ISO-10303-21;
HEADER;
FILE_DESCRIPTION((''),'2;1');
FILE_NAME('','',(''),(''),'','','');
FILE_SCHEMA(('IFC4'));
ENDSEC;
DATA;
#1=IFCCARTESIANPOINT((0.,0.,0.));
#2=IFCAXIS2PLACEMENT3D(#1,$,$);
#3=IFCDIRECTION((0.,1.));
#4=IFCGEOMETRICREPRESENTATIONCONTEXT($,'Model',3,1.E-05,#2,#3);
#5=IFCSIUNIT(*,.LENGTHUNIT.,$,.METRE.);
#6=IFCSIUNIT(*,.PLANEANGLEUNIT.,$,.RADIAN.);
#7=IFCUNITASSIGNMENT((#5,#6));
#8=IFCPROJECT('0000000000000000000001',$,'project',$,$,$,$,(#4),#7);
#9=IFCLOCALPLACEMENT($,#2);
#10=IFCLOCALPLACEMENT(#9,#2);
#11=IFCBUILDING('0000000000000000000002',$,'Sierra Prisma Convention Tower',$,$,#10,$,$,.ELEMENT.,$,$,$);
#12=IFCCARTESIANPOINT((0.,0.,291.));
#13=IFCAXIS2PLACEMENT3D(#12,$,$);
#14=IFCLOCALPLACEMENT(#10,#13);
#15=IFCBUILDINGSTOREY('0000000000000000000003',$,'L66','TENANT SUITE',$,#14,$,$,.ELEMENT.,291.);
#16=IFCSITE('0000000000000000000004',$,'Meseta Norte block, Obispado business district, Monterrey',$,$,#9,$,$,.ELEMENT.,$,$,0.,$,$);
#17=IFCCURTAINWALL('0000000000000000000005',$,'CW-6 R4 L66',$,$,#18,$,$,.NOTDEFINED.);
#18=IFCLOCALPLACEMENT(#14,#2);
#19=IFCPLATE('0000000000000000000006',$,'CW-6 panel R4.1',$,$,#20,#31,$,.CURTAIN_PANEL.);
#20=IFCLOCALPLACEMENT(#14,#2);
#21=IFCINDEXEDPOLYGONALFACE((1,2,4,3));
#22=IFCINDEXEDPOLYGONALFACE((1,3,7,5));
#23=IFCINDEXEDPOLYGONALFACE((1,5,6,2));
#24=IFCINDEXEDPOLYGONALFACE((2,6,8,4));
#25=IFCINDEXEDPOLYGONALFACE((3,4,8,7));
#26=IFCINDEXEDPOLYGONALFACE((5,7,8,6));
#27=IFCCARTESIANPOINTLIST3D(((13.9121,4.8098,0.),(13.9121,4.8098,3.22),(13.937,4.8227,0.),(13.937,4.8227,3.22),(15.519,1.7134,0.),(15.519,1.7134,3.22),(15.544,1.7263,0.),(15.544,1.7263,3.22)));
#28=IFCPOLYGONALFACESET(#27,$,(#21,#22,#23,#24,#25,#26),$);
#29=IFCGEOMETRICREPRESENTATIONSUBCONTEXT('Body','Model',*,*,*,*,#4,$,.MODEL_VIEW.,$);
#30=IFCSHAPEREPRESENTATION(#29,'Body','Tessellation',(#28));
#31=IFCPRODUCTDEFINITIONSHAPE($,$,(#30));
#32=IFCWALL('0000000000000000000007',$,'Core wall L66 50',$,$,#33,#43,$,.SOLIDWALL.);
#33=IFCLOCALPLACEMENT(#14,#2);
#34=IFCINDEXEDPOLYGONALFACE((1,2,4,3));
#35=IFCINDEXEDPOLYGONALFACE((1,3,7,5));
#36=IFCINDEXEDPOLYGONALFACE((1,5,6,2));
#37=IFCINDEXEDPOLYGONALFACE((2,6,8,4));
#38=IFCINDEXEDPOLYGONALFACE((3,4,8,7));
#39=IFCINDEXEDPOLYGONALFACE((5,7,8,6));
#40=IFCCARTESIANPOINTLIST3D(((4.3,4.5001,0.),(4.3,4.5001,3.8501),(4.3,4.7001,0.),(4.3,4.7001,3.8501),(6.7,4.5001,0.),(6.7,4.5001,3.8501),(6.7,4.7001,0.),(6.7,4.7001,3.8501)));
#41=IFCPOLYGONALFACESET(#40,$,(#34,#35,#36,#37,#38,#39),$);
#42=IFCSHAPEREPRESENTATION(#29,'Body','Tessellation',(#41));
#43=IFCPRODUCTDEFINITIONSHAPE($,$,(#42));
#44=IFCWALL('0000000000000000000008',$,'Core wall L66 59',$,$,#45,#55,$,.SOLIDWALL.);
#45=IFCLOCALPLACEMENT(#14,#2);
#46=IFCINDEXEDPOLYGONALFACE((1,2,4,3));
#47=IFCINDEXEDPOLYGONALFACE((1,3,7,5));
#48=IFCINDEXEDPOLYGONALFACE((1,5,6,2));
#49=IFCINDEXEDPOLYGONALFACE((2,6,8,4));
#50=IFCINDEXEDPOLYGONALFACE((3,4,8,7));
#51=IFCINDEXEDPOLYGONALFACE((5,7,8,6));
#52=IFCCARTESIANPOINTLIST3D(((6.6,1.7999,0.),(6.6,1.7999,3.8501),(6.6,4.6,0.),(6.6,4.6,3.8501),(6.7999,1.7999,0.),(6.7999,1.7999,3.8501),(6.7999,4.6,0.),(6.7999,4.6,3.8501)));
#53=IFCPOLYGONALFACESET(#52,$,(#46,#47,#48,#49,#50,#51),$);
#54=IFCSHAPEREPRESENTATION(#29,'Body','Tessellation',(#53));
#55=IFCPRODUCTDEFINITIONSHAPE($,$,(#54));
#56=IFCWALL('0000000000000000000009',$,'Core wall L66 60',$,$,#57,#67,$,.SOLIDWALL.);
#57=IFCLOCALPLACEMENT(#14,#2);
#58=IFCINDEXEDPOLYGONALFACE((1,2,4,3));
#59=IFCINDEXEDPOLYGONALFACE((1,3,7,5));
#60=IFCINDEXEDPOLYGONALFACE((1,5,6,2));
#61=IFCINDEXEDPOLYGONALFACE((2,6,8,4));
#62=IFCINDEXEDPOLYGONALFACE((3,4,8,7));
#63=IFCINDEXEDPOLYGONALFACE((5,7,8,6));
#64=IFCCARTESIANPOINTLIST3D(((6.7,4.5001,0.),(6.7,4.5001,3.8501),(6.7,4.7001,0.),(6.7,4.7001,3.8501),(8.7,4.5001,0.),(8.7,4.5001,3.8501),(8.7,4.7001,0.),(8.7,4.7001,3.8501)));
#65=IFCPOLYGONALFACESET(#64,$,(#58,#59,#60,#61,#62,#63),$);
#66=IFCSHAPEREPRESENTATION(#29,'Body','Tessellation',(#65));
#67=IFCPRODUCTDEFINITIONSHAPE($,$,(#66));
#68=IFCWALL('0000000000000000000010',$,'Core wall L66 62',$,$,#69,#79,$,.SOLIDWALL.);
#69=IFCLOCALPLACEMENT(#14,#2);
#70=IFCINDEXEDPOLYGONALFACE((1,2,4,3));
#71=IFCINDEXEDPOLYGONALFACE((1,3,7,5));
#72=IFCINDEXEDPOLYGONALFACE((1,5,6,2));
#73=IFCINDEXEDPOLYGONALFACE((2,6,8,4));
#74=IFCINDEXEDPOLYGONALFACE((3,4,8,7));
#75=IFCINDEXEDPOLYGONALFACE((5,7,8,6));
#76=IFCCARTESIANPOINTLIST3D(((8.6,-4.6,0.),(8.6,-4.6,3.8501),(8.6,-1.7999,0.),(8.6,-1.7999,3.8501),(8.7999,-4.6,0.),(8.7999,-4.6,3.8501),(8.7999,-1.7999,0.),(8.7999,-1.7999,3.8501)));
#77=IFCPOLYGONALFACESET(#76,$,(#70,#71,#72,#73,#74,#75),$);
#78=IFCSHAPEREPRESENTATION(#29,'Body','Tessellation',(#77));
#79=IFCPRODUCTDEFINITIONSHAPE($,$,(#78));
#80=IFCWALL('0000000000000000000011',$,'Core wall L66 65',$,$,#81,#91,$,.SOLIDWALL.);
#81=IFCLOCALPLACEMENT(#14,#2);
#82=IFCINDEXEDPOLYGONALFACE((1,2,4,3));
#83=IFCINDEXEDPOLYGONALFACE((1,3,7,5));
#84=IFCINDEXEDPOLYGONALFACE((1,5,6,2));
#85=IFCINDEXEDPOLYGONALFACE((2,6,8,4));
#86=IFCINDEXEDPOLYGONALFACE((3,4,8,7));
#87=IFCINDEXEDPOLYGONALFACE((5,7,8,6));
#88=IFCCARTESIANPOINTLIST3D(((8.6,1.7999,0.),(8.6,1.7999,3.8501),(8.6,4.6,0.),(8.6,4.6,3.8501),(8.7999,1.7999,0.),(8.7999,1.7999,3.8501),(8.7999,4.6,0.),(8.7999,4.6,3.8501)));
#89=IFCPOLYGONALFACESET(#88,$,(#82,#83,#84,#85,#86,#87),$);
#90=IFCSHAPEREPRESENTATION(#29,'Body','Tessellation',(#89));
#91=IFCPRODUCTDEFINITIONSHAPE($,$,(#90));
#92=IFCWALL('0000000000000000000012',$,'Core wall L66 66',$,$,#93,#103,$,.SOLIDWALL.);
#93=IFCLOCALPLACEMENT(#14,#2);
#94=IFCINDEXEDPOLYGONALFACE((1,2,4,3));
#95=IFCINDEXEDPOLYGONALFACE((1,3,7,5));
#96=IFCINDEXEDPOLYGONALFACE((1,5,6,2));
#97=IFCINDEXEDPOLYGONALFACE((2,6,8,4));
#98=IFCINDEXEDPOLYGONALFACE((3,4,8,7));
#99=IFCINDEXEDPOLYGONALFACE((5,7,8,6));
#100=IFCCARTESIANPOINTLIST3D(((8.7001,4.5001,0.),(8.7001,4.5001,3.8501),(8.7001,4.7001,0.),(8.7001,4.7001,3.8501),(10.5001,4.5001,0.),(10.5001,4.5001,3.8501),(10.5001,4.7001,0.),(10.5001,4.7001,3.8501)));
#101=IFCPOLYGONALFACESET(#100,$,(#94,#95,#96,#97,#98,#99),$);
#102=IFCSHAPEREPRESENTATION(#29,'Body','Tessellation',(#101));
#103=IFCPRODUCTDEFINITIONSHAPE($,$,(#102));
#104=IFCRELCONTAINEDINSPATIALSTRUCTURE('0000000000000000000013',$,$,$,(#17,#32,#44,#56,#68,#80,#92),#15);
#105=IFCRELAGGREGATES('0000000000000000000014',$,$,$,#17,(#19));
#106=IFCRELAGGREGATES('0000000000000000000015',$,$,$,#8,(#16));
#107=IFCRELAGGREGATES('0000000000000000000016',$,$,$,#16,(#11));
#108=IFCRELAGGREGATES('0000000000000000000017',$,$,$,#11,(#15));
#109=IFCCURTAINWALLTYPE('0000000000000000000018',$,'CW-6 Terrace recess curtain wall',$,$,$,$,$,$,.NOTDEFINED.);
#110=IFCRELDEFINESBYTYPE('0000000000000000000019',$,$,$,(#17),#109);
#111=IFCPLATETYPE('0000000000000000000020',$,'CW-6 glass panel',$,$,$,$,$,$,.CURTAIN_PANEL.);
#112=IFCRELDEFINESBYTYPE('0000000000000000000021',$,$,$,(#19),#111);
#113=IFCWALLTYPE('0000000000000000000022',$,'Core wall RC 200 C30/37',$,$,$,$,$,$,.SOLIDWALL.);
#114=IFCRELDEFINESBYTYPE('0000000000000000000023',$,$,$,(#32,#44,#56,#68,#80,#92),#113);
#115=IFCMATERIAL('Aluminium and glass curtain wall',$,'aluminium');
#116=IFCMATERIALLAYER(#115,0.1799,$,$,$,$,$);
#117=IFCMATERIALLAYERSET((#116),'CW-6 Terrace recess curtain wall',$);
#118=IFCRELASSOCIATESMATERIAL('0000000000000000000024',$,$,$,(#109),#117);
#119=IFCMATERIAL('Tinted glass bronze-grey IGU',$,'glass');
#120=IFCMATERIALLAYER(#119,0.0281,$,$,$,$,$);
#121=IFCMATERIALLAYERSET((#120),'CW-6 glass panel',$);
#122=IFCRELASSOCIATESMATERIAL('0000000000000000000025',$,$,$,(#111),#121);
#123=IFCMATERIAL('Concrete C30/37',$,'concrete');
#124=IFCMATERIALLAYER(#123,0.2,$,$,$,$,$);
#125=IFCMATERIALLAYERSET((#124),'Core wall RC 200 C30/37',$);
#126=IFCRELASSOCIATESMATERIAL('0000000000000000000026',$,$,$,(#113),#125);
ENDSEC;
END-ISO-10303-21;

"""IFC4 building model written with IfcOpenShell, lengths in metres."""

from ifc_helpers import new_model, si_unit, direction, frame, frame_2d, origin, origin_2d, place, context, subcontext, project, spatial, rectangle, extrude, material, layer, layer_set, type_object, element, aggregate, save


model = new_model("IFC4")

# Units and contexts
model_context = context("Model", 3, precision=1e-05, world=origin(), true_north=direction((0.0, 1.0)))
body_context = subcontext(model_context, "Body", "Model", "MODEL_VIEW")
ifc_project = project(units=[si_unit("LENGTHUNIT", "METRE"), si_unit("PLANEANGLEUNIT", "RADIAN")], contexts=[model_context])

# Site, building, storey
site_placement = place(None, origin())
site = spatial("IfcSite", under=ifc_project, at=site_placement, Name="Meseta Norte block, Obispado business district, Monterrey", CompositionType="ELEMENT", RefElevation=0.0)
building_placement = place(site_placement, origin())
building = spatial("IfcBuilding", under=site, at=building_placement, Name="Sierra Prisma Convention Tower", CompositionType="ELEMENT")
storey_placement = place(building_placement, frame((0.0, 0.0, 291.0)))
storey = spatial("IfcBuildingStorey", under=building, at=storey_placement, Name="L66", Description="TENANT SUITE", CompositionType="ELEMENT", Elevation=291.0)

# Curtain wall
ifc_material_1 = material(Name="Aluminium and glass curtain wall", Category="aluminium")
ifc_layer_1 = layer(ifc_material_1, 0.1799)
ifc_layer_set_1 = layer_set([ifc_layer_1], Name="CW-6 Terrace recess curtain wall")
curtain_wall_type = type_object("IfcCurtainWallType", Name="CW-6 Terrace recess curtain wall", PredefinedType="NOTDEFINED", material=ifc_layer_set_1)
curtain_wall_1_placement = place(storey_placement, origin())
curtain_wall_1 = element("IfcCurtainWall", 1, at=curtain_wall_1_placement, inside=storey, type_object=curtain_wall_type, Name="CW-6 R4 L66", PredefinedType="NOTDEFINED")

# Plate
ifc_material_2 = material(Name="Tinted glass bronze-grey IGU", Category="glass")
ifc_layer_2 = layer(ifc_material_2, 0.0281)
ifc_layer_set_2 = layer_set([ifc_layer_2], Name="CW-6 glass panel")
plate_type = type_object("IfcPlateType", Name="CW-6 glass panel", PredefinedType="CURTAIN_PANEL", material=ifc_layer_set_2)
plate_1_placement = place(storey_placement, frame((14.728, 3.2681, 0.0), z_axis=(0.0, 0.0, 1.0), x_axis=(-0.460636, 0.887589, 0.0)))
plate_1 = element("IfcPlate", 2, at=plate_1_placement, type_object=plate_type, Name="CW-6 panel R4.1", PredefinedType="CURTAIN_PANEL", context=body_context, shape_type="SweptSolid", body=[
    extrude(rectangle(XDim=3.4885, YDim=0.0281, at=origin_2d()), origin(), (0.0, 0.0, 1.0), 3.22),
])
aggregate(curtain_wall_1, [plate_1])

# Wall
ifc_material_3 = material(Name="Concrete C30/37", Category="concrete")
ifc_layer_3 = layer(ifc_material_3, 0.2)
ifc_layer_set_3 = layer_set([ifc_layer_3], Name="Core wall RC 200 C30/37")
wall_type_1 = type_object("IfcWallType", Name="Core wall RC 200 C30/37", PredefinedType="SOLIDWALL", material=ifc_layer_set_3)
wall_1_placement = place(storey_placement, frame((6.7, 4.6001, 0.0), z_axis=(0.0, 0.0, 1.0), x_axis=(-1.0, 0.0, 0.0)))
element("IfcWall", 3, at=wall_1_placement, inside=storey, type_object=wall_type_1, Name="Core wall L66 50", PredefinedType="SOLIDWALL", context=body_context, shape_type="SweptSolid", body=[
    extrude(rectangle(XDim=2.3999, YDim=0.2, at=frame_2d((1.2, 0.0))), origin(), (0.0, 0.0, 1.0), 3.8501),
])

# Walls
wall_2_placement = place(storey_placement, frame((6.7, 1.8, 0.0), z_axis=(0.0, 0.0, 1.0), x_axis=(0.0, 1.0, 0.0)))
element("IfcWall", 4, at=wall_2_placement, inside=storey, type_object=wall_type_1, Name="Core wall L66 59", PredefinedType="SOLIDWALL", context=body_context, shape_type="SweptSolid", body=[
    extrude(rectangle(XDim=2.8, YDim=0.2, at=frame_2d((1.3999, 0.0))), origin(), (0.0, 0.0, 1.0), 3.8501),
])
wall_3_placement = place(storey_placement, frame((8.7, 4.6001, 0.0), z_axis=(0.0, 0.0, 1.0), x_axis=(-1.0, 0.0, 0.0)))
element("IfcWall", 5, at=wall_3_placement, inside=storey, type_object=wall_type_1, Name="Core wall L66 60", PredefinedType="SOLIDWALL", context=body_context, shape_type="SweptSolid", body=[
    extrude(rectangle(XDim=2.0, YDim=0.2, at=frame_2d((1.0, 0.0))), origin(), (0.0, 0.0, 1.0), 3.8501),
])
wall_4_placement = place(storey_placement, frame((8.7, -1.8, 0.0), z_axis=(0.0, 0.0, 1.0), x_axis=(0.0, -1.0, 0.0)))
element("IfcWall", 6, at=wall_4_placement, inside=storey, type_object=wall_type_1, Name="Core wall L66 62", PredefinedType="SOLIDWALL", context=body_context, shape_type="SweptSolid", body=[
    extrude(rectangle(XDim=2.8, YDim=0.2, at=frame_2d((1.3999, 0.0))), origin(), (0.0, 0.0, 1.0), 3.8501),
])

# Walls
wall_5_placement = place(storey_placement, frame((8.7, 1.8, 0.0), z_axis=(0.0, 0.0, 1.0), x_axis=(0.0, 1.0, 0.0)))
element("IfcWall", 7, at=wall_5_placement, inside=storey, type_object=wall_type_1, Name="Core wall L66 65", PredefinedType="SOLIDWALL", context=body_context, shape_type="SweptSolid", body=[
    extrude(rectangle(XDim=2.8, YDim=0.2, at=frame_2d((1.3999, 0.0))), origin(), (0.0, 0.0, 1.0), 3.8501),
])
wall_6_placement = place(storey_placement, frame((10.5, 4.6001, 0.0), z_axis=(0.0, 0.0, 1.0), x_axis=(-1.0, 0.0, 0.0)))
element("IfcWall", 8, at=wall_6_placement, inside=storey, type_object=wall_type_1, Name="Core wall L66 66", PredefinedType="SOLIDWALL", context=body_context, shape_type="SweptSolid", body=[
    extrude(rectangle(XDim=1.8, YDim=0.2, at=frame_2d((0.8999, 0.0))), origin(), (0.0, 0.0, 1.0), 3.8501),
])

save(model, "model.ifc")
